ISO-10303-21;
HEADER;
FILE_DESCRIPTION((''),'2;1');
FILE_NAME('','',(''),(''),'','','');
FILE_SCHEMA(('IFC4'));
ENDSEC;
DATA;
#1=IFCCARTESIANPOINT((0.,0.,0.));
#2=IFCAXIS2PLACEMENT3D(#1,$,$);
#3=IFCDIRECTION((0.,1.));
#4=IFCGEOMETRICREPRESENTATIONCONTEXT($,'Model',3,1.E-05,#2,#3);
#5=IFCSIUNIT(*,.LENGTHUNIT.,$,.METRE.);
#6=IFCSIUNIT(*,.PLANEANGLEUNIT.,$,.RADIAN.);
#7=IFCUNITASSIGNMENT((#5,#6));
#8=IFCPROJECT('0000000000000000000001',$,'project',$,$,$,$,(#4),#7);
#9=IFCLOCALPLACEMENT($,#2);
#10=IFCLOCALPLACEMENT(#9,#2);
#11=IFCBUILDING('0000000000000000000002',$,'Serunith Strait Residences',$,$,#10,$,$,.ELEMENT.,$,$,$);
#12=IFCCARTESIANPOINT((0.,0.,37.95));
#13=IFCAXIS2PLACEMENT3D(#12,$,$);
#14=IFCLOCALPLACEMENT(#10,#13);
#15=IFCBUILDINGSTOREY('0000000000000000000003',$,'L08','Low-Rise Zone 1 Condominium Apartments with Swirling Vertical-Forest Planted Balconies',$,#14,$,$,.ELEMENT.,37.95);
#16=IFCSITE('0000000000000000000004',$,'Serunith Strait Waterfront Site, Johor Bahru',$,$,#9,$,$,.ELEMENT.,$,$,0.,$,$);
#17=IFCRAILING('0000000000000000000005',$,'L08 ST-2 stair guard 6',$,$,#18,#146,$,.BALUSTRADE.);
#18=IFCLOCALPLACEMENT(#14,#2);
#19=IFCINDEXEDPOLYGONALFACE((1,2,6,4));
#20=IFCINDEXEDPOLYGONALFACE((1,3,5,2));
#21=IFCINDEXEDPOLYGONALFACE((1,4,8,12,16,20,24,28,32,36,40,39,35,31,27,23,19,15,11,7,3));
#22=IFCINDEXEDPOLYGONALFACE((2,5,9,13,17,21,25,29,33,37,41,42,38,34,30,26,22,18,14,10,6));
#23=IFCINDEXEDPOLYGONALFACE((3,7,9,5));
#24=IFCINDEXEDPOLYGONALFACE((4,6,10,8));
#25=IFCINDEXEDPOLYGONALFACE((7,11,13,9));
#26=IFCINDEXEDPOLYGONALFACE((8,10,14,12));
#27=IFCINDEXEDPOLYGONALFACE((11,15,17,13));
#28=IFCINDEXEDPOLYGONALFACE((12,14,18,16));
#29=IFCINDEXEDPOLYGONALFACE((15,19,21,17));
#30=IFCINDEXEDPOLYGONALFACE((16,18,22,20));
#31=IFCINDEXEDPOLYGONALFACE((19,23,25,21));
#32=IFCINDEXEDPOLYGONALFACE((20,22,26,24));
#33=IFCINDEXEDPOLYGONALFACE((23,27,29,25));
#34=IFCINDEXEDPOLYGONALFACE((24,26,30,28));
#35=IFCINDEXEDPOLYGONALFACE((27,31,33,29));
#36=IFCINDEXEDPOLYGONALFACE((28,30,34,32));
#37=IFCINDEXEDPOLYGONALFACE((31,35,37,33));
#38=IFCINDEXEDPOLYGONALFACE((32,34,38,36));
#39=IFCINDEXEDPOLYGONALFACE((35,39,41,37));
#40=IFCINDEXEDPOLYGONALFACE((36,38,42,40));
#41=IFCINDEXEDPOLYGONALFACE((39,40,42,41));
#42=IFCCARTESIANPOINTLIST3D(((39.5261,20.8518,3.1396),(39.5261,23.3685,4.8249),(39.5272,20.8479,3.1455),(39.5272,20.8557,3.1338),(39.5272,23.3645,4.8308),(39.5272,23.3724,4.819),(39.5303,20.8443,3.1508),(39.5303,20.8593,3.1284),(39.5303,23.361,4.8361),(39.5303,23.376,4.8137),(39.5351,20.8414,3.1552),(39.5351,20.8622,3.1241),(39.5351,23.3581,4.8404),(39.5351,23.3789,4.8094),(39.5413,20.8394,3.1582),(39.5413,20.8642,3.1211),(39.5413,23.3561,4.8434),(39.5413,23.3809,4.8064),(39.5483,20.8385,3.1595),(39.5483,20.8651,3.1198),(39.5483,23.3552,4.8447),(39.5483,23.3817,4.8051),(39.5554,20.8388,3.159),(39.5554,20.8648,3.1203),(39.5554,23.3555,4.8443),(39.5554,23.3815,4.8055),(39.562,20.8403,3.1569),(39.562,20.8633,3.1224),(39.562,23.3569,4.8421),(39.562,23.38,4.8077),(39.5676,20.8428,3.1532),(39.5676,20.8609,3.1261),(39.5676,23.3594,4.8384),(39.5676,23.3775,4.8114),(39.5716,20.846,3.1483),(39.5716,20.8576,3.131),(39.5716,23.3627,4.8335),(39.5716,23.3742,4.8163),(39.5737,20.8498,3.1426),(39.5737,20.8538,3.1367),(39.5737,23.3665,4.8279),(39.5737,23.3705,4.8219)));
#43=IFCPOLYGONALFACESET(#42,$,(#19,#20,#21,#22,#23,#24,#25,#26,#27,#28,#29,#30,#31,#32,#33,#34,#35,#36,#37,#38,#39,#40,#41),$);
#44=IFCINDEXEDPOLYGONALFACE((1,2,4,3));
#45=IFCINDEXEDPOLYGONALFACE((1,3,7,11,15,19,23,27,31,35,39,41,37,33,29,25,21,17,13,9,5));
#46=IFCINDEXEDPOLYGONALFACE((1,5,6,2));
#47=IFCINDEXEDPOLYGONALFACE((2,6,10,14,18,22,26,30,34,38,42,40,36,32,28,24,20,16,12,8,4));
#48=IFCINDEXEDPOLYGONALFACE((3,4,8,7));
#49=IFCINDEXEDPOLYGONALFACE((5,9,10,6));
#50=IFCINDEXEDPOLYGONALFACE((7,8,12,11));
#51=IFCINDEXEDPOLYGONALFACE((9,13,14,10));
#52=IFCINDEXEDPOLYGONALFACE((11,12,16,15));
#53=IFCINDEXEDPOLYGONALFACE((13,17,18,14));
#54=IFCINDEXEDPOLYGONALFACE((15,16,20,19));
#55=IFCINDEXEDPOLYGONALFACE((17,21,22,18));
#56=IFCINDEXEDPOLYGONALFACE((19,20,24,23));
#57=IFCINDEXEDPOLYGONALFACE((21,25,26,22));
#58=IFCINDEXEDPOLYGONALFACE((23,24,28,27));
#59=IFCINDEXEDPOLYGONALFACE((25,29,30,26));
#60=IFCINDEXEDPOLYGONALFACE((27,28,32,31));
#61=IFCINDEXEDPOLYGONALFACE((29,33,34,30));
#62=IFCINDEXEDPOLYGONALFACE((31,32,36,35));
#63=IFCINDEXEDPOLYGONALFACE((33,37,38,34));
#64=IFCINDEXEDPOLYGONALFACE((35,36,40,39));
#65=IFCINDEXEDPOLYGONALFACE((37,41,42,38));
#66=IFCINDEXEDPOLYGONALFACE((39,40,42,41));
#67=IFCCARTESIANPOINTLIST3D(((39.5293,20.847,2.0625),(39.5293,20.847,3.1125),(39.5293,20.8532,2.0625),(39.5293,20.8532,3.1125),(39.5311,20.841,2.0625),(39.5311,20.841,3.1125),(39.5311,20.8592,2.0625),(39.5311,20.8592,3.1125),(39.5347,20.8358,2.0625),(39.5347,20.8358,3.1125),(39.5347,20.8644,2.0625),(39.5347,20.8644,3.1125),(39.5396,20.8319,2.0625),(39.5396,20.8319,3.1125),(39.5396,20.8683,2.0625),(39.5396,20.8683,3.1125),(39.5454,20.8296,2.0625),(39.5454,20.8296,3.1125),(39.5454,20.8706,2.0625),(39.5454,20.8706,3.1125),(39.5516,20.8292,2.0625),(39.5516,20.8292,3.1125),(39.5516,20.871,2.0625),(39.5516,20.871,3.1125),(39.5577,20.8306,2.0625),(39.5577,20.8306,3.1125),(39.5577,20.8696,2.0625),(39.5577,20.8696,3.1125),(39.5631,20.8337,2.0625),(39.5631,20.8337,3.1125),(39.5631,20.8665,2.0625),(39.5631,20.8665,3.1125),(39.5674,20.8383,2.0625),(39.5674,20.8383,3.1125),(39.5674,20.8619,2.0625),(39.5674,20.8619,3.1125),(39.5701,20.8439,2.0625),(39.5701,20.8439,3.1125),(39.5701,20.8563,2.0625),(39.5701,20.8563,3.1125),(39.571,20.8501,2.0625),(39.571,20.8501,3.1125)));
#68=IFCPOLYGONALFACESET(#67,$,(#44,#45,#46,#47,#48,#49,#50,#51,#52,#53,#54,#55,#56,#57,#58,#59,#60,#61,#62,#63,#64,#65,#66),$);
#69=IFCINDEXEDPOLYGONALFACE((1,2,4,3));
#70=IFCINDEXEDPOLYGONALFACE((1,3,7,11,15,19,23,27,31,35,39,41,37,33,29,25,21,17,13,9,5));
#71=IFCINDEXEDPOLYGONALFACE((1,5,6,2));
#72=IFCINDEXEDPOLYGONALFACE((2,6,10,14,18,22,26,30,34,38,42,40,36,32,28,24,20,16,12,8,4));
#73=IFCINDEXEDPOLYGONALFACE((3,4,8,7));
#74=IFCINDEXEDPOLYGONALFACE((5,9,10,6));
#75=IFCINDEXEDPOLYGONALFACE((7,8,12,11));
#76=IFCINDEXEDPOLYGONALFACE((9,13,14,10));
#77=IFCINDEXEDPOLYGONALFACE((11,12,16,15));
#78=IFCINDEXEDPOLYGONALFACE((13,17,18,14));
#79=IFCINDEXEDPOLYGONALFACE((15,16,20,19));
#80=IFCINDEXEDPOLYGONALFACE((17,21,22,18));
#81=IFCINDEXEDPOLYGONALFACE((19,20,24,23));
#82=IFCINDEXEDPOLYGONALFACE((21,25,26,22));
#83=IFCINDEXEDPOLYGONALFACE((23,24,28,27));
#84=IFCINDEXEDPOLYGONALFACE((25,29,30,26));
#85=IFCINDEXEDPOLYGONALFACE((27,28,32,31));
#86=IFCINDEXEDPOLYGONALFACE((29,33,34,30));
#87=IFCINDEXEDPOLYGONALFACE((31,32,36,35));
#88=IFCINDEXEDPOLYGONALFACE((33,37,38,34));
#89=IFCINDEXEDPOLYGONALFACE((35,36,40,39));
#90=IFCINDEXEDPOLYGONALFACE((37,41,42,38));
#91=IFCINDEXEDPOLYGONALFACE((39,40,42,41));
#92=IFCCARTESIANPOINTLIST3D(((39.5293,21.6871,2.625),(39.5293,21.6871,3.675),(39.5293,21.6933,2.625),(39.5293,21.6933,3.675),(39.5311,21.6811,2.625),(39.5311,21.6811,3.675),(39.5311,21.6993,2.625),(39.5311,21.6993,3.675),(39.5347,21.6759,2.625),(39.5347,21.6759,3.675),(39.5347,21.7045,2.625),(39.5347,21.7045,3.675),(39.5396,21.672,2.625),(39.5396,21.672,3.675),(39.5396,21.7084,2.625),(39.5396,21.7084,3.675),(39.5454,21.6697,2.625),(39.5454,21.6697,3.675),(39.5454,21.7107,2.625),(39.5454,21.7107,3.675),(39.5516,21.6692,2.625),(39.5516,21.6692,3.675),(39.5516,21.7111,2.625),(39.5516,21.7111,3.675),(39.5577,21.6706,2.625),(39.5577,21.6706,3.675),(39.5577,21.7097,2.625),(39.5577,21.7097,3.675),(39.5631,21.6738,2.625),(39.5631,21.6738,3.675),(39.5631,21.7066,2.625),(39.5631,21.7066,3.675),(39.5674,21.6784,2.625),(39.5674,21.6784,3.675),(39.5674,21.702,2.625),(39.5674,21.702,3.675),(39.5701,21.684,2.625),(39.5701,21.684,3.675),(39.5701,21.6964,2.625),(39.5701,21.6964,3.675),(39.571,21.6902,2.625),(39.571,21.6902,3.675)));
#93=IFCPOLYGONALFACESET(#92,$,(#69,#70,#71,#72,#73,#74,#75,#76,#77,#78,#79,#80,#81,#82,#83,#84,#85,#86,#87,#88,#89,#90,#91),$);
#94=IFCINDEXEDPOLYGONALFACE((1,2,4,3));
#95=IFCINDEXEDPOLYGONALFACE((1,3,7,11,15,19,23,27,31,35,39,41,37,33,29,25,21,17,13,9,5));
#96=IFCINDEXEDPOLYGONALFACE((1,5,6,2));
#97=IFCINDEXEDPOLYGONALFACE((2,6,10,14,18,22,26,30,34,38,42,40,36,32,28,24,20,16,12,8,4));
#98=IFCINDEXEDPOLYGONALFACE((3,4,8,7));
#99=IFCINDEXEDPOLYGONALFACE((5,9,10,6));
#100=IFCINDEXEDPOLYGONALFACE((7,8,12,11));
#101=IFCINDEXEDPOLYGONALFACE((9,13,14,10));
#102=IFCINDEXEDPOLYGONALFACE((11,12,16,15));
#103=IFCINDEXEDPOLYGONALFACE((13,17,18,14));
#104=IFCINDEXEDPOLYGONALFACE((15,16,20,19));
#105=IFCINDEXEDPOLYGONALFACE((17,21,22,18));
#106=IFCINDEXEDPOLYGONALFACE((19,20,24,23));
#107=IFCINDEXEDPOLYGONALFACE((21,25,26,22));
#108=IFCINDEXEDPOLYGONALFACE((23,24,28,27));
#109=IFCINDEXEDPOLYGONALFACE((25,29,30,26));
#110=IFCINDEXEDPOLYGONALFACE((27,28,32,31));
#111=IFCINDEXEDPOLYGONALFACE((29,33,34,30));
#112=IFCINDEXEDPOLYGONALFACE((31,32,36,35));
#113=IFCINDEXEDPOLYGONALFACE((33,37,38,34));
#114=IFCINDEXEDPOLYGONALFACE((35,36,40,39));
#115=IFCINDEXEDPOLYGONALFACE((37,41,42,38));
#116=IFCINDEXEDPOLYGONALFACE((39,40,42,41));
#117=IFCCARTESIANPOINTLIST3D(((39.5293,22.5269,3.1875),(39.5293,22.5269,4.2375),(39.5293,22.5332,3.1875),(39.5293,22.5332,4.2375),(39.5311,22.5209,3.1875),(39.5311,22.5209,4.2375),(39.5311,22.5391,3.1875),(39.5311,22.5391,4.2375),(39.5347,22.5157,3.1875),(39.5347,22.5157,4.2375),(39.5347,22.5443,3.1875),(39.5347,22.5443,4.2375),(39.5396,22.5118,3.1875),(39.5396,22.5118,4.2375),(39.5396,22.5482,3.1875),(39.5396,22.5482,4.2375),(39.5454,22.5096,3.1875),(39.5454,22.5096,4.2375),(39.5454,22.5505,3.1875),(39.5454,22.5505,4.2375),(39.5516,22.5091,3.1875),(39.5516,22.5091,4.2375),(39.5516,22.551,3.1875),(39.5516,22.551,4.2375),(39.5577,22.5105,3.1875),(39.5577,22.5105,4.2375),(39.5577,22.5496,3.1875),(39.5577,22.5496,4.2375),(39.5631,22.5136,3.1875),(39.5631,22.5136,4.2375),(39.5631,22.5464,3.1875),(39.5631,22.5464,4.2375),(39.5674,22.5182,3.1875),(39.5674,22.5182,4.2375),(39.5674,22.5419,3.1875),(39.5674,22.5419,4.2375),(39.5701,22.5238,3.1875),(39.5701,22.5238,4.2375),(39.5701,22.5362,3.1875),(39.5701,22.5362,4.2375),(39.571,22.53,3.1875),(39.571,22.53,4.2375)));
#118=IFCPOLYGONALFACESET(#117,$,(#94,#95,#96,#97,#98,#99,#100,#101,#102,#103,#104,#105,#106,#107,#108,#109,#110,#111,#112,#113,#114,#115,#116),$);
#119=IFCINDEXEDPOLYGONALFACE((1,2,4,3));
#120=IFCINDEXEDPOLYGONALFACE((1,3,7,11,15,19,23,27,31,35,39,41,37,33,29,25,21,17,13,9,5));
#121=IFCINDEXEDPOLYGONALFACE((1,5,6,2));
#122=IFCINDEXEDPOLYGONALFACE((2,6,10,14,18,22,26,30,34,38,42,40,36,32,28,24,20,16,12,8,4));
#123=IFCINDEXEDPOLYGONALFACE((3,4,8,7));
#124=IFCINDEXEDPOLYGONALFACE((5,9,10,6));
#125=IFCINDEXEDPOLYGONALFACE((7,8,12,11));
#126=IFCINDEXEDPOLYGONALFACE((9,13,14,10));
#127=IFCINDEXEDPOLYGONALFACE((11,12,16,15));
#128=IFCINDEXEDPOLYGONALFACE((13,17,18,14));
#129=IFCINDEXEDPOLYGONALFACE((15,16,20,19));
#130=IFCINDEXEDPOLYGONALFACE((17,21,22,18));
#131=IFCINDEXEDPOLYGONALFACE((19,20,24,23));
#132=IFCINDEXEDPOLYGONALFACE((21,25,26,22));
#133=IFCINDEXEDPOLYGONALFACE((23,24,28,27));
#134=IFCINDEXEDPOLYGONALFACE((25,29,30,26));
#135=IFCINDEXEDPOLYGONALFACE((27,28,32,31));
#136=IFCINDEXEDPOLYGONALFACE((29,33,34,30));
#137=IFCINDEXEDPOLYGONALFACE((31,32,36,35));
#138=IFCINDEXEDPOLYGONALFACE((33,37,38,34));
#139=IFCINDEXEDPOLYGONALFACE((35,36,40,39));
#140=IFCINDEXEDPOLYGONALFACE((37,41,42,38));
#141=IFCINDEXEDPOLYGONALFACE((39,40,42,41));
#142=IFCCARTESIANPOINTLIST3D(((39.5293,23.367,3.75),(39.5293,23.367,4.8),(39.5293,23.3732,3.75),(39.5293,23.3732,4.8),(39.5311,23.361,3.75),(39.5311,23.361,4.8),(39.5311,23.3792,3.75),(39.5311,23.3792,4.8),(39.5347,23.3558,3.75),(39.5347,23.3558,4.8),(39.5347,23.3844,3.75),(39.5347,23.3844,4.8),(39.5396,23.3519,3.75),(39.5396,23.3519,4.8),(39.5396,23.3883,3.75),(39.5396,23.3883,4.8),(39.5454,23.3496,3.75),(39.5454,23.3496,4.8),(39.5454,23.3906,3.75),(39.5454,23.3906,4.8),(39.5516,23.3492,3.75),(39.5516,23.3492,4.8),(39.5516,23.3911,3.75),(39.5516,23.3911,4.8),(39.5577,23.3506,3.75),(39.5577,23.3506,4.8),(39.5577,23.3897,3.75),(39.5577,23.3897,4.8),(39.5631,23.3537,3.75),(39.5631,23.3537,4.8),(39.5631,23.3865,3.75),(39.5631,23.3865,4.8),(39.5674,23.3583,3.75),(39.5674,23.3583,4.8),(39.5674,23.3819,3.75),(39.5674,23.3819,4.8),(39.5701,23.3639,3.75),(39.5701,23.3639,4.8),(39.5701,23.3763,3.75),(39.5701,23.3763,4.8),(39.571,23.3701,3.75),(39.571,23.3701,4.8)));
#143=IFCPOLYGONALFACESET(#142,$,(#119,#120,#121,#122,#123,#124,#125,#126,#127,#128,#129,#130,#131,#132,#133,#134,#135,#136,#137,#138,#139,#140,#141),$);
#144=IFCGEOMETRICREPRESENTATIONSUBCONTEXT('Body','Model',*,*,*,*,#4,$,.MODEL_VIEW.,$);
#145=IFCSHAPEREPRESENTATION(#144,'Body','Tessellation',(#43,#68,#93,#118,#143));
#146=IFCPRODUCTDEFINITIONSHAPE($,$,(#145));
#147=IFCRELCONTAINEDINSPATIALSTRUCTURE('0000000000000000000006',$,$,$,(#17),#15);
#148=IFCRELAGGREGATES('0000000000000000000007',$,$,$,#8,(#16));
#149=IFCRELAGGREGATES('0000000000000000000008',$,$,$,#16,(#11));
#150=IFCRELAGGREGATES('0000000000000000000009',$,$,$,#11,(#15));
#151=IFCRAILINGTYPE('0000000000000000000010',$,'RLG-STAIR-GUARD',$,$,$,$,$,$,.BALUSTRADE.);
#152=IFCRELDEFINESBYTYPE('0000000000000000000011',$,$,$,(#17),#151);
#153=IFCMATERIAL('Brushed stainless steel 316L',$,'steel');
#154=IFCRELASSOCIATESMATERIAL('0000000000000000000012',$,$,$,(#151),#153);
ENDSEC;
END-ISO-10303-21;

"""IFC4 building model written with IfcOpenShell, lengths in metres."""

from ifc_helpers import new_model, si_unit, direction, frame, origin, origin_2d, place, context, subcontext, project, spatial, circle, extrude, material, type_object, element, save


model = new_model("IFC4")

# Units and contexts
model_context = context("Model", 3, precision=1e-05, world=origin(), true_north=direction((0.0, 1.0)))
body_context = subcontext(model_context, "Body", "Model", "MODEL_VIEW")
ifc_project = project(units=[si_unit("LENGTHUNIT", "METRE"), si_unit("PLANEANGLEUNIT", "RADIAN")], contexts=[model_context])

# Site, building, storey
site_placement = place(None, origin())
site = spatial("IfcSite", under=ifc_project, at=site_placement, Name="Serunith Strait Waterfront Site, Johor Bahru", CompositionType="ELEMENT", RefElevation=0.0)
building_placement = place(site_placement, origin())
building = spatial("IfcBuilding", under=site, at=building_placement, Name="Serunith Strait Residences", CompositionType="ELEMENT")
storey_placement = place(building_placement, frame((0.0, 0.0, 37.95)))
storey = spatial("IfcBuildingStorey", under=building, at=storey_placement, Name="L08", Description="Low-Rise Zone 1 Condominium Apartments with Swirling Vertical-Forest Planted Balconies", CompositionType="ELEMENT", Elevation=37.95)

# Railing
ifc_material_1 = material(Name="Brushed stainless steel 316L", Category="steel")
railing_type_1 = type_object("IfcRailingType", Name="RLG-STAIR-GUARD", PredefinedType="BALUSTRADE", material=ifc_material_1)
railing_1_placement = place(storey_placement, frame((39.55, 20.8501, 2.0625)))
element("IfcRailing", 1, at=railing_1_placement, inside=storey, type_object=railing_type_1, Name="L08 ST-2 stair guard 6", PredefinedType="BALUSTRADE", context=body_context, shape_type="SweptSolid", body=[
    extrude(circle(Radius=0.0239, at=origin_2d()), frame((0.0, 0.0017, 1.0771), z_axis=(0.0, 0.830909, 0.556408), x_axis=(-1.0, 0.0, 0.0)), (0.0, 0.0, 1.0), 3.0288),
    extrude(circle(Radius=0.021, at=origin_2d()), origin(), (0.0, 0.0, 1.0), 1.05),
    extrude(circle(Radius=0.021, at=origin_2d()), frame((0.0, 0.8401, 0.5625)), (0.0, 0.0, 1.0), 1.05),
    extrude(circle(Radius=0.021, at=origin_2d()), frame((0.0, 1.6799, 1.125)), (0.0, 0.0, 1.0), 1.05),
    extrude(circle(Radius=0.021, at=origin_2d()), frame((0.0, 2.52, 1.6875)), (0.0, 0.0, 1.0), 1.05),
])

save(model, "model.ifc")
